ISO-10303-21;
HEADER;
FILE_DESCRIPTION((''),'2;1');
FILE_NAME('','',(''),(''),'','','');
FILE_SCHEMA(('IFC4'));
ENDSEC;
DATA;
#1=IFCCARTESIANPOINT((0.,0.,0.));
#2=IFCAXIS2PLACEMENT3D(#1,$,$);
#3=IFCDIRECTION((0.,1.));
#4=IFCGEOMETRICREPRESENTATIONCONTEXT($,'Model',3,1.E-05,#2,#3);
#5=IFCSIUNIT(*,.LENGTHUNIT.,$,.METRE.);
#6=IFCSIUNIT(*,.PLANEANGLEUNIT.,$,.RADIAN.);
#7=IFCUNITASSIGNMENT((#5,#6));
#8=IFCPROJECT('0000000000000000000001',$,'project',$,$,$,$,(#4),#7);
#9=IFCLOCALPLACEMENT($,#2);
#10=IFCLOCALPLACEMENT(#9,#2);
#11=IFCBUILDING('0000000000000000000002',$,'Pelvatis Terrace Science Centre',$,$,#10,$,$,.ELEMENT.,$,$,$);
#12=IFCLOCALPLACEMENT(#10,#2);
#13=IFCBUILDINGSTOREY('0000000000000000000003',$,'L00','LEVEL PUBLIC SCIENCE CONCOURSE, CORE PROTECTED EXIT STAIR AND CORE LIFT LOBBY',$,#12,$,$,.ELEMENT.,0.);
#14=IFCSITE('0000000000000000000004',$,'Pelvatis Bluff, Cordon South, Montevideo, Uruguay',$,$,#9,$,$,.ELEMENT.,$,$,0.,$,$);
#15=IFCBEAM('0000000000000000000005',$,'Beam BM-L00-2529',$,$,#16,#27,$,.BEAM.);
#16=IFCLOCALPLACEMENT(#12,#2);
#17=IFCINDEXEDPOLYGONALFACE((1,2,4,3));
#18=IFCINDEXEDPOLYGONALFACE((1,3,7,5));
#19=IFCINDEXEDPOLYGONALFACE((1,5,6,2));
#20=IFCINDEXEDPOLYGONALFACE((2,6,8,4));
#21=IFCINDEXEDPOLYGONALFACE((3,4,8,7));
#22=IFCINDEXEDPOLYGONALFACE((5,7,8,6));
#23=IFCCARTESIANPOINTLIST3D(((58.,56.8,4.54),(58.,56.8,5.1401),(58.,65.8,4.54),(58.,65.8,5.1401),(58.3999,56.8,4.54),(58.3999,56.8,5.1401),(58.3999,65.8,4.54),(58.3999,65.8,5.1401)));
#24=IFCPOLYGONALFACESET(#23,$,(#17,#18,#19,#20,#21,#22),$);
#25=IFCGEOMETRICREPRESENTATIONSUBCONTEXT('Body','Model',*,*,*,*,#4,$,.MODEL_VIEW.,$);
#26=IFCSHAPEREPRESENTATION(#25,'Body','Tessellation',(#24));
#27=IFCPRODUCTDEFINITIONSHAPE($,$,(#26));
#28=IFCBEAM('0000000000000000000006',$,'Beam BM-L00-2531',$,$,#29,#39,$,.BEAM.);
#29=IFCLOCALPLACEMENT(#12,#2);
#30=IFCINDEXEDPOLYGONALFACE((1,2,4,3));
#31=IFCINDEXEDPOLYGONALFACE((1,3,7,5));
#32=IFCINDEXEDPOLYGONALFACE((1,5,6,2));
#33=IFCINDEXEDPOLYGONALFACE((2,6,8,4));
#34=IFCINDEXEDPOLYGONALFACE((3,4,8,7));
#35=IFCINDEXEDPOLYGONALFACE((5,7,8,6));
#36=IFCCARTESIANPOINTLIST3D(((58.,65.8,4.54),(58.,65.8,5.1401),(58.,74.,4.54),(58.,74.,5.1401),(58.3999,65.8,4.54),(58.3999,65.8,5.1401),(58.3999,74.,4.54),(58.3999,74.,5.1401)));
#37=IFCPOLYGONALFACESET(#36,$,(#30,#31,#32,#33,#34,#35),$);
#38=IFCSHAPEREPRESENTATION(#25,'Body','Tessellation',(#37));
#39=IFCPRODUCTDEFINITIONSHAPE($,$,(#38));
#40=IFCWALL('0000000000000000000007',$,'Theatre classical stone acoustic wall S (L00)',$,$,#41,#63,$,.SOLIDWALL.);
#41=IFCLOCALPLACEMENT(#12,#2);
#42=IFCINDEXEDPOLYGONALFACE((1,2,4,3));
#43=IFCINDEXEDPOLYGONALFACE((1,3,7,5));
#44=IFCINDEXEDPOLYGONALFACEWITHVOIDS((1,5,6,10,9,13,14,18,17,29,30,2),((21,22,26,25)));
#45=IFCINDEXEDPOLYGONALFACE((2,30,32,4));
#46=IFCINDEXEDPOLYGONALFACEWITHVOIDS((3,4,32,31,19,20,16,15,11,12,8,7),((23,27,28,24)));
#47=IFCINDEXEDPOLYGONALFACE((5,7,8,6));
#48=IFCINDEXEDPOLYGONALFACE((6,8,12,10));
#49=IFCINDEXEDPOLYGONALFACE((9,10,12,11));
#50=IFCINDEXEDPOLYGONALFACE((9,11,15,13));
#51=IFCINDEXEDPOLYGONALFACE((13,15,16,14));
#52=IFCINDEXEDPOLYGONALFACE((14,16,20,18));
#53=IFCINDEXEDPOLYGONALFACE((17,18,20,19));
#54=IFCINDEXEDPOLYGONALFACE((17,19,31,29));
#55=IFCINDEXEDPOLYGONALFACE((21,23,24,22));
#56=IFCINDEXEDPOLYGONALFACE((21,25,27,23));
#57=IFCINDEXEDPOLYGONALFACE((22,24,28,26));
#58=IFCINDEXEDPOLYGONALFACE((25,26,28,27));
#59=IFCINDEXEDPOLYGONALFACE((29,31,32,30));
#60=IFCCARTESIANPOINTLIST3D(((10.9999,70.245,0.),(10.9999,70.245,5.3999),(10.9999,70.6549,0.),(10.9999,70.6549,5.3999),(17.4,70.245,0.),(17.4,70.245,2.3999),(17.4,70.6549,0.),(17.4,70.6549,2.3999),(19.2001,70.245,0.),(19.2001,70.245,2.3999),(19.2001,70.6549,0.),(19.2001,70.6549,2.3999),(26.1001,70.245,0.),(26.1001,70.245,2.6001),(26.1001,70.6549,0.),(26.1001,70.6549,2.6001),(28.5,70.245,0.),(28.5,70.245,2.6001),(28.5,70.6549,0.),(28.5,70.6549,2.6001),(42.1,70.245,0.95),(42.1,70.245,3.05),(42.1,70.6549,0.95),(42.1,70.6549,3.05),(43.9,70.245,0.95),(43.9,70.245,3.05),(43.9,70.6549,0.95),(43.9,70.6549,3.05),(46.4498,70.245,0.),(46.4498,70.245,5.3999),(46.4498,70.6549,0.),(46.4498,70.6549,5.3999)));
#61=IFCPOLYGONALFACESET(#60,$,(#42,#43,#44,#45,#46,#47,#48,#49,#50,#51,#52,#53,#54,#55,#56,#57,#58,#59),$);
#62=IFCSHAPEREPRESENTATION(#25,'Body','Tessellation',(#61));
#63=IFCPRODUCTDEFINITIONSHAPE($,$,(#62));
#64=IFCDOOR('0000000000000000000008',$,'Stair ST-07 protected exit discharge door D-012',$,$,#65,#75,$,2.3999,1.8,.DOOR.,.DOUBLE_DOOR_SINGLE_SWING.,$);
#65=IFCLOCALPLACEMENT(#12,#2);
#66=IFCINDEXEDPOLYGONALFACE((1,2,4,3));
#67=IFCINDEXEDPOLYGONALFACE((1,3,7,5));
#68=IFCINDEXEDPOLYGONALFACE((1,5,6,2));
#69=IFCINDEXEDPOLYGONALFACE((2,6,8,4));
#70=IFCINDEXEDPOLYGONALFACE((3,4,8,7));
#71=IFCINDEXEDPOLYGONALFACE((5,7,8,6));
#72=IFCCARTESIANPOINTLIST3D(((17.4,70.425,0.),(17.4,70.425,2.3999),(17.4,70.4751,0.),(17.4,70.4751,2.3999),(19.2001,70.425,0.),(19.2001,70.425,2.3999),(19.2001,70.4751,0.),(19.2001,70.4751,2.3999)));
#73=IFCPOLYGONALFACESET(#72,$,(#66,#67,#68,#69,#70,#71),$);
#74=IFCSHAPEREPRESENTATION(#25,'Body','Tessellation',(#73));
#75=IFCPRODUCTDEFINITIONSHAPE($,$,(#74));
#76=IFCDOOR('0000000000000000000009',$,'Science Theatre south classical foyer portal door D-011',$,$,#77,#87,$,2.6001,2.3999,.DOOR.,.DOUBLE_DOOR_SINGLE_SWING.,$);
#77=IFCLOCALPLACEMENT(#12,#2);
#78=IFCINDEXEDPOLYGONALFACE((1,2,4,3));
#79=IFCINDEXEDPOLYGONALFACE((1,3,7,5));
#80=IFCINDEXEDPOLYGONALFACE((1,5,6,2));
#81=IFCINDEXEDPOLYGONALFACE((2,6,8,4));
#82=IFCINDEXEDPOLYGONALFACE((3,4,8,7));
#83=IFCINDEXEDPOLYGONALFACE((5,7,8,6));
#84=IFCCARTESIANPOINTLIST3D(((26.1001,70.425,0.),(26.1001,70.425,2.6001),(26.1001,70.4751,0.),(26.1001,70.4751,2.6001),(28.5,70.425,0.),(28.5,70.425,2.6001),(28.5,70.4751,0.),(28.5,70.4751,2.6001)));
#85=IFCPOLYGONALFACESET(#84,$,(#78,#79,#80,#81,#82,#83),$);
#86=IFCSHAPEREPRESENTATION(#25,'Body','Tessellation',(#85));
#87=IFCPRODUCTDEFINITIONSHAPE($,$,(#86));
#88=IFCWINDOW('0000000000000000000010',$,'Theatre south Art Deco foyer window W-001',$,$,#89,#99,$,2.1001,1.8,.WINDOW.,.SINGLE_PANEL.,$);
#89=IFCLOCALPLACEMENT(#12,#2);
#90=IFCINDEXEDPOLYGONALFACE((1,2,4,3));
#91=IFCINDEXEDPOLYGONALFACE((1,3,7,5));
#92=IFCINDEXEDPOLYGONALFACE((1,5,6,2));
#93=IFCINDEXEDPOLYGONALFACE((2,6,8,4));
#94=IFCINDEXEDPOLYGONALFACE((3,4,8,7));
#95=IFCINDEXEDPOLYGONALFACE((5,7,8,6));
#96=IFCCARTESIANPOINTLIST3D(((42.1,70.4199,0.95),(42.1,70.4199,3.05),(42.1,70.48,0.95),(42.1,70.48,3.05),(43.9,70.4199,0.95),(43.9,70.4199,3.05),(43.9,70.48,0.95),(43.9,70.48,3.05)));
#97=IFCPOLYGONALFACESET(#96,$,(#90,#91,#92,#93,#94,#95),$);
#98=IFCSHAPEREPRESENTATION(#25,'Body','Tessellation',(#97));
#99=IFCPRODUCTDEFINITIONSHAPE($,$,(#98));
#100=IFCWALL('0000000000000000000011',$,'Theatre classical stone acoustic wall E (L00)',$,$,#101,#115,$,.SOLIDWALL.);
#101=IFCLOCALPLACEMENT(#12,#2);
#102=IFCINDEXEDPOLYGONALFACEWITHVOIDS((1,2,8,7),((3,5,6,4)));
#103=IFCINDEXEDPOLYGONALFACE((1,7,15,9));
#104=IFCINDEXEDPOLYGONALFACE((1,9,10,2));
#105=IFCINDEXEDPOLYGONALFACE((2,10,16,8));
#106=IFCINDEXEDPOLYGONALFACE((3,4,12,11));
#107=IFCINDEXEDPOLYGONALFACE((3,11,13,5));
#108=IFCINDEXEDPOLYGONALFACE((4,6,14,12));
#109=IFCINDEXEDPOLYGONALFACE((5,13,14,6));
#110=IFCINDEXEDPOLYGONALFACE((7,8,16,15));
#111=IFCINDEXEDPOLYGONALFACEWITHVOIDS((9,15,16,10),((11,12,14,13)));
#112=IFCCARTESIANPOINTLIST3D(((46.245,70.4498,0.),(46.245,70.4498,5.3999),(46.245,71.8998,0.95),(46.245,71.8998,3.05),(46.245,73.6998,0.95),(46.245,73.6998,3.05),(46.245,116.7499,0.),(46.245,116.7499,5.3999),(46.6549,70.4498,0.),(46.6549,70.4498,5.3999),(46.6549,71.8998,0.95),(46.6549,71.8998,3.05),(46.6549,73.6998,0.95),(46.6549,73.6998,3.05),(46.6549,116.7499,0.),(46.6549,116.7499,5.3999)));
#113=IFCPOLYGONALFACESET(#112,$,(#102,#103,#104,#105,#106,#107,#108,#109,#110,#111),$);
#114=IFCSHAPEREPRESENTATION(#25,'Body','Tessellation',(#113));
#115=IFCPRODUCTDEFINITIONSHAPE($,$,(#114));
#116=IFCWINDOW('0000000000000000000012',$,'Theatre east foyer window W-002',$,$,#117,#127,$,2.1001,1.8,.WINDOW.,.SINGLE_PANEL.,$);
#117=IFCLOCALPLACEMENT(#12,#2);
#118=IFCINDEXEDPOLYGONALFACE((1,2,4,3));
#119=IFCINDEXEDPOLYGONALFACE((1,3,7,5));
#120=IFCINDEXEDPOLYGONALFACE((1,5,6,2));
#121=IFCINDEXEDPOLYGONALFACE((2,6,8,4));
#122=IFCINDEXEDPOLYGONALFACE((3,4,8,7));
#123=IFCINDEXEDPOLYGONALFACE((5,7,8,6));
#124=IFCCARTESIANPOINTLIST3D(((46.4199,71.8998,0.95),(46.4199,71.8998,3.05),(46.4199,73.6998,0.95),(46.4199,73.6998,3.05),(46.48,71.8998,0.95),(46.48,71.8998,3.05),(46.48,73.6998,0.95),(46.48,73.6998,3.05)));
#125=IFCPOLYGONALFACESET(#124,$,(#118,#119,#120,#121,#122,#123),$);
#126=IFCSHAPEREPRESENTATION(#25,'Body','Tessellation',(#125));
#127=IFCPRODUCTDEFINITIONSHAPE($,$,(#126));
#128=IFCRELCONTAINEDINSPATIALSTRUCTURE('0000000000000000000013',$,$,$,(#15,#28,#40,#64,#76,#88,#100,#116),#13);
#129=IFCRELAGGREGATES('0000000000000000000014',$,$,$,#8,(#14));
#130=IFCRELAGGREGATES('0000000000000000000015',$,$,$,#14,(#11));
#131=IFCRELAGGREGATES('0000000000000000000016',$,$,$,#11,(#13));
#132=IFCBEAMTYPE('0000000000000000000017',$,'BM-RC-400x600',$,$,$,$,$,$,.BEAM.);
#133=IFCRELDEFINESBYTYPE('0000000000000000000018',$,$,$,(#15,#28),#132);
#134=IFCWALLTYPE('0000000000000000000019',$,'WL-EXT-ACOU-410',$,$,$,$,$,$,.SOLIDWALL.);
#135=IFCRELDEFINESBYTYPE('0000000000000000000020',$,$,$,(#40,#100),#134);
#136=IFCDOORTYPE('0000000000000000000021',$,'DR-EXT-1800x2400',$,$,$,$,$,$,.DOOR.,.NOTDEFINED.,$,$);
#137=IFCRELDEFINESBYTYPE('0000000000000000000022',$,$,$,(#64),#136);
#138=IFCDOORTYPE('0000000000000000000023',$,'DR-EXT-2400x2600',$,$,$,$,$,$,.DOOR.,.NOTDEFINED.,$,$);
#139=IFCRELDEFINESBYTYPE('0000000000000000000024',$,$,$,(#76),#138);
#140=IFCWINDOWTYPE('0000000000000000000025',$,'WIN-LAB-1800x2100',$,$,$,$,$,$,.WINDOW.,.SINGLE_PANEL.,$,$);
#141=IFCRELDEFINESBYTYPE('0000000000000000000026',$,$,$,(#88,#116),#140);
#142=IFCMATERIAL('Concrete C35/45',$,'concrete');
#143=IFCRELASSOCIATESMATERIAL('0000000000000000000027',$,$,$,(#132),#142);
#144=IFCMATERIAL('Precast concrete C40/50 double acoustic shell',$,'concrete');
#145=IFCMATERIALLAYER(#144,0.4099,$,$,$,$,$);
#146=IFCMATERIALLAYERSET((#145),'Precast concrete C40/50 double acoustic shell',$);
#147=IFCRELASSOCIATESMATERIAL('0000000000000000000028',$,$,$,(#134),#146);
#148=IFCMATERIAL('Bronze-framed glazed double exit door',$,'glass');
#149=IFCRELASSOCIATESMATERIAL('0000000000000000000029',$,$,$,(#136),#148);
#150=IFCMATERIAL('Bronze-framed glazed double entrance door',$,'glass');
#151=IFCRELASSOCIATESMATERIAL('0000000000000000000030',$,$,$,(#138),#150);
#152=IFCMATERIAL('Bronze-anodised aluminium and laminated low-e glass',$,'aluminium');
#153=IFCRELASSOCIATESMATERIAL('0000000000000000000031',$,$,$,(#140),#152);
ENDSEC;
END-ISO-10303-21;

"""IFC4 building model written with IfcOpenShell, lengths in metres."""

from ifc_helpers import new_model, si_unit, direction, frame, frame_2d, origin, origin_2d, place, context, subcontext, project, spatial, rectangle, extrude, material, layer, layer_set, material_profile, profile_set, type_object, element, fill, save


model = new_model("IFC4")

# Units and contexts
model_context = context("Model", 3, precision=1e-05, world=origin(), true_north=direction((0.0, 1.0)))
body_context = subcontext(model_context, "Body", "Model", "MODEL_VIEW")
ifc_project = project(units=[si_unit("LENGTHUNIT", "METRE"), si_unit("PLANEANGLEUNIT", "RADIAN")], contexts=[model_context])

# Site, building, storey
site_placement = place(None, origin())
site = spatial("IfcSite", under=ifc_project, at=site_placement, Name="Pelvatis Bluff, Cordon South, Montevideo, Uruguay", CompositionType="ELEMENT", RefElevation=0.0)
building_placement = place(site_placement, origin())
building = spatial("IfcBuilding", under=site, at=building_placement, Name="Pelvatis Terrace Science Centre", CompositionType="ELEMENT")
storey_placement = place(building_placement, origin())
storey = spatial("IfcBuildingStorey", under=building, at=storey_placement, Name="L00", Description="LEVEL PUBLIC SCIENCE CONCOURSE, CORE PROTECTED EXIT STAIR AND CORE LIFT LOBBY", CompositionType="ELEMENT", Elevation=0.0)

# Beams
ifc_material_1 = material(Name="Concrete C35/45", Category="concrete")
ifc_material_profile_1 = material_profile(ifc_material_1, rectangle(XDim=0.3999, YDim=0.6001, at=origin_2d()), Name="RC-BM 400x600")
ifc_profile_set_1 = profile_set([ifc_material_profile_1], Name="Concrete C35/45")
beam_type_1 = type_object("IfcBeamType", Name="BM-RC-400x600", PredefinedType="BEAM", material=ifc_profile_set_1)
beam_1_placement = place(storey_placement, frame((58.2, 56.8, 4.8401), z_axis=(0.0, 1.0, 0.0), x_axis=(-1.0, 0.0, 0.0)))
element("IfcBeam", 1, at=beam_1_placement, inside=storey, type_object=beam_type_1, Name="Beam BM-L00-2529", PredefinedType="BEAM", context=body_context, shape_type="SweptSolid", body=[
    extrude(rectangle(XDim=0.3999, YDim=0.6001, at=origin_2d()), origin(), (0.0, 0.0, 1.0), 9.0),
])
beam_2_placement = place(storey_placement, frame((58.2, 65.8, 4.8401), z_axis=(0.0, 1.0, 0.0), x_axis=(-1.0, 0.0, 0.0)))
element("IfcBeam", 2, at=beam_2_placement, inside=storey, type_object=beam_type_1, Name="Beam BM-L00-2531", PredefinedType="BEAM", context=body_context, shape_type="SweptSolid", body=[
    extrude(rectangle(XDim=0.3999, YDim=0.6001, at=origin_2d()), origin(), (0.0, 0.0, 1.0), 8.2),
])

# Wall, openings, doors, window
ifc_material_2 = material(Name="Precast concrete C40/50 double acoustic shell", Category="concrete")
ifc_layer_1 = layer(ifc_material_2, 0.4099)
ifc_layer_set_1 = layer_set([ifc_layer_1], Name="Precast concrete C40/50 double acoustic shell")
wall_type = type_object("IfcWallType", Name="WL-EXT-ACOU-410", PredefinedType="SOLIDWALL", material=ifc_layer_set_1)
wall_1_placement = place(storey_placement, frame((46.45, 70.45, 0.0), z_axis=(0.0, 0.0, 1.0), x_axis=(-1.0, 0.0, 0.0)))
wall_1 = element("IfcWall", 3, at=wall_1_placement, inside=storey, type_object=wall_type, Name="Theatre classical stone acoustic wall S (L00)", PredefinedType="SOLIDWALL", context=body_context, shape_type="SweptSolid", body=[
    extrude(rectangle(XDim=35.45, YDim=0.4099, at=frame_2d((17.7251, 0.0))), origin(), (0.0, 0.0, 1.0), 5.3999),
])
opening_1_placement = place(wall_1_placement, frame((17.95, 0.0, 0.0)))
opening_1 = element("IfcOpeningElement", 4, at=opening_1_placement, cuts=wall_1, PredefinedType="OPENING", context=body_context, shape_type="SweptSolid", body=[
    extrude(rectangle(XDim=2.3999, YDim=2.6001, at=frame_2d((1.2, 1.3))), frame((0.0, 0.2148, 0.0), z_axis=(0.0, -1.0, 0.0), x_axis=(1.0, 0.0, 0.0)), (0.0, 0.0, 1.0), 0.4299),
])
opening_2_placement = place(wall_1_placement, frame((27.25, 0.0, 0.0)))
opening_2 = element("IfcOpeningElement", 5, at=opening_2_placement, cuts=wall_1, PredefinedType="OPENING", context=body_context, shape_type="SweptSolid", body=[
    extrude(rectangle(XDim=1.8, YDim=2.3999, at=frame_2d((0.8999, 1.2))), frame((0.0, 0.2148, 0.0), z_axis=(0.0, -1.0, 0.0), x_axis=(1.0, 0.0, 0.0)), (0.0, 0.0, 1.0), 0.4299),
])
opening_3_placement = place(wall_1_placement, frame((2.55, 0.0, 0.95)))
opening_3 = element("IfcOpeningElement", 6, at=opening_3_placement, cuts=wall_1, PredefinedType="OPENING", context=body_context, shape_type="SweptSolid", body=[
    extrude(rectangle(XDim=1.8, YDim=2.1001, at=frame_2d((0.8999, 1.05))), frame((0.0, 0.2148, 0.0), z_axis=(0.0, -1.0, 0.0), x_axis=(1.0, 0.0, 0.0)), (0.0, 0.0, 1.0), 0.4299),
])
ifc_material_3 = material(Name="Bronze-framed glazed double exit door", Category="glass")
door_type_1 = type_object("IfcDoorType", Name="DR-EXT-1800x2400", OperationType="NOTDEFINED", PredefinedType="DOOR", material=ifc_material_3)
door_1_placement = place(opening_2_placement, origin())
door_1 = element("IfcDoor", 7, at=door_1_placement, inside=storey, type_object=door_type_1, Name="Stair ST-07 protected exit discharge door D-012", OperationType="DOUBLE_DOOR_SINGLE_SWING", OverallHeight=2.3999, OverallWidth=1.8, PredefinedType="DOOR", context=body_context, shape_type="SweptSolid", body=[
    extrude(rectangle(XDim=1.8, YDim=2.3999, at=frame_2d((0.8999, 1.2))), frame((0.0, 0.0249, 0.0), z_axis=(0.0, -1.0, 0.0), x_axis=(1.0, 0.0, 0.0)), (0.0, 0.0, 1.0), 0.05),
])
fill(opening_2, door_1)
ifc_material_4 = material(Name="Bronze-framed glazed double entrance door", Category="glass")
door_type_2 = type_object("IfcDoorType", Name="DR-EXT-2400x2600", OperationType="NOTDEFINED", PredefinedType="DOOR", material=ifc_material_4)
door_2_placement = place(opening_1_placement, origin())
door_2 = element("IfcDoor", 8, at=door_2_placement, inside=storey, type_object=door_type_2, Name="Science Theatre south classical foyer portal door D-011", OperationType="DOUBLE_DOOR_SINGLE_SWING", OverallHeight=2.6001, OverallWidth=2.3999, PredefinedType="DOOR", context=body_context, shape_type="SweptSolid", body=[
    extrude(rectangle(XDim=2.3999, YDim=2.6001, at=frame_2d((1.2, 1.3))), frame((0.0, 0.0249, 0.0), z_axis=(0.0, -1.0, 0.0), x_axis=(1.0, 0.0, 0.0)), (0.0, 0.0, 1.0), 0.05),
])
fill(opening_1, door_2)
ifc_material_5 = material(Name="Bronze-anodised aluminium and laminated low-e glass", Category="aluminium")
window_type = type_object("IfcWindowType", Name="WIN-LAB-1800x2100", PartitioningType="SINGLE_PANEL", PredefinedType="WINDOW", material=ifc_material_5)
window_1_placement = place(opening_3_placement, origin())
window_1 = element("IfcWindow", 9, at=window_1_placement, inside=storey, type_object=window_type, Name="Theatre south Art Deco foyer window W-001", OverallHeight=2.1001, OverallWidth=1.8, PartitioningType="SINGLE_PANEL", PredefinedType="WINDOW", context=body_context, shape_type="SweptSolid", body=[
    extrude(rectangle(XDim=1.8, YDim=2.1001, at=frame_2d((0.8999, 1.05))), frame((0.0, 0.03, 0.0), z_axis=(0.0, -1.0, 0.0), x_axis=(1.0, 0.0, 0.0)), (0.0, 0.0, 1.0), 0.0601),
])
fill(opening_3, window_1)

# Wall, opening, window
wall_2_placement = place(storey_placement, frame((46.45, 70.45, 0.0), z_axis=(0.0, 0.0, 1.0), x_axis=(0.0, 1.0, 0.0)))
wall_2 = element("IfcWall", 10, at=wall_2_placement, inside=storey, type_object=wall_type, Name="Theatre classical stone acoustic wall E (L00)", PredefinedType="SOLIDWALL", context=body_context, shape_type="SweptSolid", body=[
    extrude(rectangle(XDim=46.3, YDim=0.4099, at=frame_2d((23.1499, 0.0))), origin(), (0.0, 0.0, 1.0), 5.3999),
])
opening_4_placement = place(wall_2_placement, frame((1.45, 0.0, 0.95)))
opening_4 = element("IfcOpeningElement", 11, at=opening_4_placement, cuts=wall_2, PredefinedType="OPENING", context=body_context, shape_type="SweptSolid", body=[
    extrude(rectangle(XDim=1.8, YDim=2.1001, at=frame_2d((0.8999, 1.05))), frame((0.0, 0.2148, 0.0), z_axis=(0.0, -1.0, 0.0), x_axis=(1.0, 0.0, 0.0)), (0.0, 0.0, 1.0), 0.4299),
])
window_2_placement = place(opening_4_placement, origin())
window_2 = element("IfcWindow", 12, at=window_2_placement, inside=storey, type_object=window_type, Name="Theatre east foyer window W-002", OverallHeight=2.1001, OverallWidth=1.8, PartitioningType="SINGLE_PANEL", PredefinedType="WINDOW", context=body_context, shape_type="SweptSolid", body=[
    extrude(rectangle(XDim=1.8, YDim=2.1001, at=frame_2d((0.8999, 1.05))), frame((0.0, 0.03, 0.0), z_axis=(0.0, -1.0, 0.0), x_axis=(1.0, 0.0, 0.0)), (0.0, 0.0, 1.0), 0.0601),
])
fill(opening_4, window_2)

save(model, "model.ifc")
